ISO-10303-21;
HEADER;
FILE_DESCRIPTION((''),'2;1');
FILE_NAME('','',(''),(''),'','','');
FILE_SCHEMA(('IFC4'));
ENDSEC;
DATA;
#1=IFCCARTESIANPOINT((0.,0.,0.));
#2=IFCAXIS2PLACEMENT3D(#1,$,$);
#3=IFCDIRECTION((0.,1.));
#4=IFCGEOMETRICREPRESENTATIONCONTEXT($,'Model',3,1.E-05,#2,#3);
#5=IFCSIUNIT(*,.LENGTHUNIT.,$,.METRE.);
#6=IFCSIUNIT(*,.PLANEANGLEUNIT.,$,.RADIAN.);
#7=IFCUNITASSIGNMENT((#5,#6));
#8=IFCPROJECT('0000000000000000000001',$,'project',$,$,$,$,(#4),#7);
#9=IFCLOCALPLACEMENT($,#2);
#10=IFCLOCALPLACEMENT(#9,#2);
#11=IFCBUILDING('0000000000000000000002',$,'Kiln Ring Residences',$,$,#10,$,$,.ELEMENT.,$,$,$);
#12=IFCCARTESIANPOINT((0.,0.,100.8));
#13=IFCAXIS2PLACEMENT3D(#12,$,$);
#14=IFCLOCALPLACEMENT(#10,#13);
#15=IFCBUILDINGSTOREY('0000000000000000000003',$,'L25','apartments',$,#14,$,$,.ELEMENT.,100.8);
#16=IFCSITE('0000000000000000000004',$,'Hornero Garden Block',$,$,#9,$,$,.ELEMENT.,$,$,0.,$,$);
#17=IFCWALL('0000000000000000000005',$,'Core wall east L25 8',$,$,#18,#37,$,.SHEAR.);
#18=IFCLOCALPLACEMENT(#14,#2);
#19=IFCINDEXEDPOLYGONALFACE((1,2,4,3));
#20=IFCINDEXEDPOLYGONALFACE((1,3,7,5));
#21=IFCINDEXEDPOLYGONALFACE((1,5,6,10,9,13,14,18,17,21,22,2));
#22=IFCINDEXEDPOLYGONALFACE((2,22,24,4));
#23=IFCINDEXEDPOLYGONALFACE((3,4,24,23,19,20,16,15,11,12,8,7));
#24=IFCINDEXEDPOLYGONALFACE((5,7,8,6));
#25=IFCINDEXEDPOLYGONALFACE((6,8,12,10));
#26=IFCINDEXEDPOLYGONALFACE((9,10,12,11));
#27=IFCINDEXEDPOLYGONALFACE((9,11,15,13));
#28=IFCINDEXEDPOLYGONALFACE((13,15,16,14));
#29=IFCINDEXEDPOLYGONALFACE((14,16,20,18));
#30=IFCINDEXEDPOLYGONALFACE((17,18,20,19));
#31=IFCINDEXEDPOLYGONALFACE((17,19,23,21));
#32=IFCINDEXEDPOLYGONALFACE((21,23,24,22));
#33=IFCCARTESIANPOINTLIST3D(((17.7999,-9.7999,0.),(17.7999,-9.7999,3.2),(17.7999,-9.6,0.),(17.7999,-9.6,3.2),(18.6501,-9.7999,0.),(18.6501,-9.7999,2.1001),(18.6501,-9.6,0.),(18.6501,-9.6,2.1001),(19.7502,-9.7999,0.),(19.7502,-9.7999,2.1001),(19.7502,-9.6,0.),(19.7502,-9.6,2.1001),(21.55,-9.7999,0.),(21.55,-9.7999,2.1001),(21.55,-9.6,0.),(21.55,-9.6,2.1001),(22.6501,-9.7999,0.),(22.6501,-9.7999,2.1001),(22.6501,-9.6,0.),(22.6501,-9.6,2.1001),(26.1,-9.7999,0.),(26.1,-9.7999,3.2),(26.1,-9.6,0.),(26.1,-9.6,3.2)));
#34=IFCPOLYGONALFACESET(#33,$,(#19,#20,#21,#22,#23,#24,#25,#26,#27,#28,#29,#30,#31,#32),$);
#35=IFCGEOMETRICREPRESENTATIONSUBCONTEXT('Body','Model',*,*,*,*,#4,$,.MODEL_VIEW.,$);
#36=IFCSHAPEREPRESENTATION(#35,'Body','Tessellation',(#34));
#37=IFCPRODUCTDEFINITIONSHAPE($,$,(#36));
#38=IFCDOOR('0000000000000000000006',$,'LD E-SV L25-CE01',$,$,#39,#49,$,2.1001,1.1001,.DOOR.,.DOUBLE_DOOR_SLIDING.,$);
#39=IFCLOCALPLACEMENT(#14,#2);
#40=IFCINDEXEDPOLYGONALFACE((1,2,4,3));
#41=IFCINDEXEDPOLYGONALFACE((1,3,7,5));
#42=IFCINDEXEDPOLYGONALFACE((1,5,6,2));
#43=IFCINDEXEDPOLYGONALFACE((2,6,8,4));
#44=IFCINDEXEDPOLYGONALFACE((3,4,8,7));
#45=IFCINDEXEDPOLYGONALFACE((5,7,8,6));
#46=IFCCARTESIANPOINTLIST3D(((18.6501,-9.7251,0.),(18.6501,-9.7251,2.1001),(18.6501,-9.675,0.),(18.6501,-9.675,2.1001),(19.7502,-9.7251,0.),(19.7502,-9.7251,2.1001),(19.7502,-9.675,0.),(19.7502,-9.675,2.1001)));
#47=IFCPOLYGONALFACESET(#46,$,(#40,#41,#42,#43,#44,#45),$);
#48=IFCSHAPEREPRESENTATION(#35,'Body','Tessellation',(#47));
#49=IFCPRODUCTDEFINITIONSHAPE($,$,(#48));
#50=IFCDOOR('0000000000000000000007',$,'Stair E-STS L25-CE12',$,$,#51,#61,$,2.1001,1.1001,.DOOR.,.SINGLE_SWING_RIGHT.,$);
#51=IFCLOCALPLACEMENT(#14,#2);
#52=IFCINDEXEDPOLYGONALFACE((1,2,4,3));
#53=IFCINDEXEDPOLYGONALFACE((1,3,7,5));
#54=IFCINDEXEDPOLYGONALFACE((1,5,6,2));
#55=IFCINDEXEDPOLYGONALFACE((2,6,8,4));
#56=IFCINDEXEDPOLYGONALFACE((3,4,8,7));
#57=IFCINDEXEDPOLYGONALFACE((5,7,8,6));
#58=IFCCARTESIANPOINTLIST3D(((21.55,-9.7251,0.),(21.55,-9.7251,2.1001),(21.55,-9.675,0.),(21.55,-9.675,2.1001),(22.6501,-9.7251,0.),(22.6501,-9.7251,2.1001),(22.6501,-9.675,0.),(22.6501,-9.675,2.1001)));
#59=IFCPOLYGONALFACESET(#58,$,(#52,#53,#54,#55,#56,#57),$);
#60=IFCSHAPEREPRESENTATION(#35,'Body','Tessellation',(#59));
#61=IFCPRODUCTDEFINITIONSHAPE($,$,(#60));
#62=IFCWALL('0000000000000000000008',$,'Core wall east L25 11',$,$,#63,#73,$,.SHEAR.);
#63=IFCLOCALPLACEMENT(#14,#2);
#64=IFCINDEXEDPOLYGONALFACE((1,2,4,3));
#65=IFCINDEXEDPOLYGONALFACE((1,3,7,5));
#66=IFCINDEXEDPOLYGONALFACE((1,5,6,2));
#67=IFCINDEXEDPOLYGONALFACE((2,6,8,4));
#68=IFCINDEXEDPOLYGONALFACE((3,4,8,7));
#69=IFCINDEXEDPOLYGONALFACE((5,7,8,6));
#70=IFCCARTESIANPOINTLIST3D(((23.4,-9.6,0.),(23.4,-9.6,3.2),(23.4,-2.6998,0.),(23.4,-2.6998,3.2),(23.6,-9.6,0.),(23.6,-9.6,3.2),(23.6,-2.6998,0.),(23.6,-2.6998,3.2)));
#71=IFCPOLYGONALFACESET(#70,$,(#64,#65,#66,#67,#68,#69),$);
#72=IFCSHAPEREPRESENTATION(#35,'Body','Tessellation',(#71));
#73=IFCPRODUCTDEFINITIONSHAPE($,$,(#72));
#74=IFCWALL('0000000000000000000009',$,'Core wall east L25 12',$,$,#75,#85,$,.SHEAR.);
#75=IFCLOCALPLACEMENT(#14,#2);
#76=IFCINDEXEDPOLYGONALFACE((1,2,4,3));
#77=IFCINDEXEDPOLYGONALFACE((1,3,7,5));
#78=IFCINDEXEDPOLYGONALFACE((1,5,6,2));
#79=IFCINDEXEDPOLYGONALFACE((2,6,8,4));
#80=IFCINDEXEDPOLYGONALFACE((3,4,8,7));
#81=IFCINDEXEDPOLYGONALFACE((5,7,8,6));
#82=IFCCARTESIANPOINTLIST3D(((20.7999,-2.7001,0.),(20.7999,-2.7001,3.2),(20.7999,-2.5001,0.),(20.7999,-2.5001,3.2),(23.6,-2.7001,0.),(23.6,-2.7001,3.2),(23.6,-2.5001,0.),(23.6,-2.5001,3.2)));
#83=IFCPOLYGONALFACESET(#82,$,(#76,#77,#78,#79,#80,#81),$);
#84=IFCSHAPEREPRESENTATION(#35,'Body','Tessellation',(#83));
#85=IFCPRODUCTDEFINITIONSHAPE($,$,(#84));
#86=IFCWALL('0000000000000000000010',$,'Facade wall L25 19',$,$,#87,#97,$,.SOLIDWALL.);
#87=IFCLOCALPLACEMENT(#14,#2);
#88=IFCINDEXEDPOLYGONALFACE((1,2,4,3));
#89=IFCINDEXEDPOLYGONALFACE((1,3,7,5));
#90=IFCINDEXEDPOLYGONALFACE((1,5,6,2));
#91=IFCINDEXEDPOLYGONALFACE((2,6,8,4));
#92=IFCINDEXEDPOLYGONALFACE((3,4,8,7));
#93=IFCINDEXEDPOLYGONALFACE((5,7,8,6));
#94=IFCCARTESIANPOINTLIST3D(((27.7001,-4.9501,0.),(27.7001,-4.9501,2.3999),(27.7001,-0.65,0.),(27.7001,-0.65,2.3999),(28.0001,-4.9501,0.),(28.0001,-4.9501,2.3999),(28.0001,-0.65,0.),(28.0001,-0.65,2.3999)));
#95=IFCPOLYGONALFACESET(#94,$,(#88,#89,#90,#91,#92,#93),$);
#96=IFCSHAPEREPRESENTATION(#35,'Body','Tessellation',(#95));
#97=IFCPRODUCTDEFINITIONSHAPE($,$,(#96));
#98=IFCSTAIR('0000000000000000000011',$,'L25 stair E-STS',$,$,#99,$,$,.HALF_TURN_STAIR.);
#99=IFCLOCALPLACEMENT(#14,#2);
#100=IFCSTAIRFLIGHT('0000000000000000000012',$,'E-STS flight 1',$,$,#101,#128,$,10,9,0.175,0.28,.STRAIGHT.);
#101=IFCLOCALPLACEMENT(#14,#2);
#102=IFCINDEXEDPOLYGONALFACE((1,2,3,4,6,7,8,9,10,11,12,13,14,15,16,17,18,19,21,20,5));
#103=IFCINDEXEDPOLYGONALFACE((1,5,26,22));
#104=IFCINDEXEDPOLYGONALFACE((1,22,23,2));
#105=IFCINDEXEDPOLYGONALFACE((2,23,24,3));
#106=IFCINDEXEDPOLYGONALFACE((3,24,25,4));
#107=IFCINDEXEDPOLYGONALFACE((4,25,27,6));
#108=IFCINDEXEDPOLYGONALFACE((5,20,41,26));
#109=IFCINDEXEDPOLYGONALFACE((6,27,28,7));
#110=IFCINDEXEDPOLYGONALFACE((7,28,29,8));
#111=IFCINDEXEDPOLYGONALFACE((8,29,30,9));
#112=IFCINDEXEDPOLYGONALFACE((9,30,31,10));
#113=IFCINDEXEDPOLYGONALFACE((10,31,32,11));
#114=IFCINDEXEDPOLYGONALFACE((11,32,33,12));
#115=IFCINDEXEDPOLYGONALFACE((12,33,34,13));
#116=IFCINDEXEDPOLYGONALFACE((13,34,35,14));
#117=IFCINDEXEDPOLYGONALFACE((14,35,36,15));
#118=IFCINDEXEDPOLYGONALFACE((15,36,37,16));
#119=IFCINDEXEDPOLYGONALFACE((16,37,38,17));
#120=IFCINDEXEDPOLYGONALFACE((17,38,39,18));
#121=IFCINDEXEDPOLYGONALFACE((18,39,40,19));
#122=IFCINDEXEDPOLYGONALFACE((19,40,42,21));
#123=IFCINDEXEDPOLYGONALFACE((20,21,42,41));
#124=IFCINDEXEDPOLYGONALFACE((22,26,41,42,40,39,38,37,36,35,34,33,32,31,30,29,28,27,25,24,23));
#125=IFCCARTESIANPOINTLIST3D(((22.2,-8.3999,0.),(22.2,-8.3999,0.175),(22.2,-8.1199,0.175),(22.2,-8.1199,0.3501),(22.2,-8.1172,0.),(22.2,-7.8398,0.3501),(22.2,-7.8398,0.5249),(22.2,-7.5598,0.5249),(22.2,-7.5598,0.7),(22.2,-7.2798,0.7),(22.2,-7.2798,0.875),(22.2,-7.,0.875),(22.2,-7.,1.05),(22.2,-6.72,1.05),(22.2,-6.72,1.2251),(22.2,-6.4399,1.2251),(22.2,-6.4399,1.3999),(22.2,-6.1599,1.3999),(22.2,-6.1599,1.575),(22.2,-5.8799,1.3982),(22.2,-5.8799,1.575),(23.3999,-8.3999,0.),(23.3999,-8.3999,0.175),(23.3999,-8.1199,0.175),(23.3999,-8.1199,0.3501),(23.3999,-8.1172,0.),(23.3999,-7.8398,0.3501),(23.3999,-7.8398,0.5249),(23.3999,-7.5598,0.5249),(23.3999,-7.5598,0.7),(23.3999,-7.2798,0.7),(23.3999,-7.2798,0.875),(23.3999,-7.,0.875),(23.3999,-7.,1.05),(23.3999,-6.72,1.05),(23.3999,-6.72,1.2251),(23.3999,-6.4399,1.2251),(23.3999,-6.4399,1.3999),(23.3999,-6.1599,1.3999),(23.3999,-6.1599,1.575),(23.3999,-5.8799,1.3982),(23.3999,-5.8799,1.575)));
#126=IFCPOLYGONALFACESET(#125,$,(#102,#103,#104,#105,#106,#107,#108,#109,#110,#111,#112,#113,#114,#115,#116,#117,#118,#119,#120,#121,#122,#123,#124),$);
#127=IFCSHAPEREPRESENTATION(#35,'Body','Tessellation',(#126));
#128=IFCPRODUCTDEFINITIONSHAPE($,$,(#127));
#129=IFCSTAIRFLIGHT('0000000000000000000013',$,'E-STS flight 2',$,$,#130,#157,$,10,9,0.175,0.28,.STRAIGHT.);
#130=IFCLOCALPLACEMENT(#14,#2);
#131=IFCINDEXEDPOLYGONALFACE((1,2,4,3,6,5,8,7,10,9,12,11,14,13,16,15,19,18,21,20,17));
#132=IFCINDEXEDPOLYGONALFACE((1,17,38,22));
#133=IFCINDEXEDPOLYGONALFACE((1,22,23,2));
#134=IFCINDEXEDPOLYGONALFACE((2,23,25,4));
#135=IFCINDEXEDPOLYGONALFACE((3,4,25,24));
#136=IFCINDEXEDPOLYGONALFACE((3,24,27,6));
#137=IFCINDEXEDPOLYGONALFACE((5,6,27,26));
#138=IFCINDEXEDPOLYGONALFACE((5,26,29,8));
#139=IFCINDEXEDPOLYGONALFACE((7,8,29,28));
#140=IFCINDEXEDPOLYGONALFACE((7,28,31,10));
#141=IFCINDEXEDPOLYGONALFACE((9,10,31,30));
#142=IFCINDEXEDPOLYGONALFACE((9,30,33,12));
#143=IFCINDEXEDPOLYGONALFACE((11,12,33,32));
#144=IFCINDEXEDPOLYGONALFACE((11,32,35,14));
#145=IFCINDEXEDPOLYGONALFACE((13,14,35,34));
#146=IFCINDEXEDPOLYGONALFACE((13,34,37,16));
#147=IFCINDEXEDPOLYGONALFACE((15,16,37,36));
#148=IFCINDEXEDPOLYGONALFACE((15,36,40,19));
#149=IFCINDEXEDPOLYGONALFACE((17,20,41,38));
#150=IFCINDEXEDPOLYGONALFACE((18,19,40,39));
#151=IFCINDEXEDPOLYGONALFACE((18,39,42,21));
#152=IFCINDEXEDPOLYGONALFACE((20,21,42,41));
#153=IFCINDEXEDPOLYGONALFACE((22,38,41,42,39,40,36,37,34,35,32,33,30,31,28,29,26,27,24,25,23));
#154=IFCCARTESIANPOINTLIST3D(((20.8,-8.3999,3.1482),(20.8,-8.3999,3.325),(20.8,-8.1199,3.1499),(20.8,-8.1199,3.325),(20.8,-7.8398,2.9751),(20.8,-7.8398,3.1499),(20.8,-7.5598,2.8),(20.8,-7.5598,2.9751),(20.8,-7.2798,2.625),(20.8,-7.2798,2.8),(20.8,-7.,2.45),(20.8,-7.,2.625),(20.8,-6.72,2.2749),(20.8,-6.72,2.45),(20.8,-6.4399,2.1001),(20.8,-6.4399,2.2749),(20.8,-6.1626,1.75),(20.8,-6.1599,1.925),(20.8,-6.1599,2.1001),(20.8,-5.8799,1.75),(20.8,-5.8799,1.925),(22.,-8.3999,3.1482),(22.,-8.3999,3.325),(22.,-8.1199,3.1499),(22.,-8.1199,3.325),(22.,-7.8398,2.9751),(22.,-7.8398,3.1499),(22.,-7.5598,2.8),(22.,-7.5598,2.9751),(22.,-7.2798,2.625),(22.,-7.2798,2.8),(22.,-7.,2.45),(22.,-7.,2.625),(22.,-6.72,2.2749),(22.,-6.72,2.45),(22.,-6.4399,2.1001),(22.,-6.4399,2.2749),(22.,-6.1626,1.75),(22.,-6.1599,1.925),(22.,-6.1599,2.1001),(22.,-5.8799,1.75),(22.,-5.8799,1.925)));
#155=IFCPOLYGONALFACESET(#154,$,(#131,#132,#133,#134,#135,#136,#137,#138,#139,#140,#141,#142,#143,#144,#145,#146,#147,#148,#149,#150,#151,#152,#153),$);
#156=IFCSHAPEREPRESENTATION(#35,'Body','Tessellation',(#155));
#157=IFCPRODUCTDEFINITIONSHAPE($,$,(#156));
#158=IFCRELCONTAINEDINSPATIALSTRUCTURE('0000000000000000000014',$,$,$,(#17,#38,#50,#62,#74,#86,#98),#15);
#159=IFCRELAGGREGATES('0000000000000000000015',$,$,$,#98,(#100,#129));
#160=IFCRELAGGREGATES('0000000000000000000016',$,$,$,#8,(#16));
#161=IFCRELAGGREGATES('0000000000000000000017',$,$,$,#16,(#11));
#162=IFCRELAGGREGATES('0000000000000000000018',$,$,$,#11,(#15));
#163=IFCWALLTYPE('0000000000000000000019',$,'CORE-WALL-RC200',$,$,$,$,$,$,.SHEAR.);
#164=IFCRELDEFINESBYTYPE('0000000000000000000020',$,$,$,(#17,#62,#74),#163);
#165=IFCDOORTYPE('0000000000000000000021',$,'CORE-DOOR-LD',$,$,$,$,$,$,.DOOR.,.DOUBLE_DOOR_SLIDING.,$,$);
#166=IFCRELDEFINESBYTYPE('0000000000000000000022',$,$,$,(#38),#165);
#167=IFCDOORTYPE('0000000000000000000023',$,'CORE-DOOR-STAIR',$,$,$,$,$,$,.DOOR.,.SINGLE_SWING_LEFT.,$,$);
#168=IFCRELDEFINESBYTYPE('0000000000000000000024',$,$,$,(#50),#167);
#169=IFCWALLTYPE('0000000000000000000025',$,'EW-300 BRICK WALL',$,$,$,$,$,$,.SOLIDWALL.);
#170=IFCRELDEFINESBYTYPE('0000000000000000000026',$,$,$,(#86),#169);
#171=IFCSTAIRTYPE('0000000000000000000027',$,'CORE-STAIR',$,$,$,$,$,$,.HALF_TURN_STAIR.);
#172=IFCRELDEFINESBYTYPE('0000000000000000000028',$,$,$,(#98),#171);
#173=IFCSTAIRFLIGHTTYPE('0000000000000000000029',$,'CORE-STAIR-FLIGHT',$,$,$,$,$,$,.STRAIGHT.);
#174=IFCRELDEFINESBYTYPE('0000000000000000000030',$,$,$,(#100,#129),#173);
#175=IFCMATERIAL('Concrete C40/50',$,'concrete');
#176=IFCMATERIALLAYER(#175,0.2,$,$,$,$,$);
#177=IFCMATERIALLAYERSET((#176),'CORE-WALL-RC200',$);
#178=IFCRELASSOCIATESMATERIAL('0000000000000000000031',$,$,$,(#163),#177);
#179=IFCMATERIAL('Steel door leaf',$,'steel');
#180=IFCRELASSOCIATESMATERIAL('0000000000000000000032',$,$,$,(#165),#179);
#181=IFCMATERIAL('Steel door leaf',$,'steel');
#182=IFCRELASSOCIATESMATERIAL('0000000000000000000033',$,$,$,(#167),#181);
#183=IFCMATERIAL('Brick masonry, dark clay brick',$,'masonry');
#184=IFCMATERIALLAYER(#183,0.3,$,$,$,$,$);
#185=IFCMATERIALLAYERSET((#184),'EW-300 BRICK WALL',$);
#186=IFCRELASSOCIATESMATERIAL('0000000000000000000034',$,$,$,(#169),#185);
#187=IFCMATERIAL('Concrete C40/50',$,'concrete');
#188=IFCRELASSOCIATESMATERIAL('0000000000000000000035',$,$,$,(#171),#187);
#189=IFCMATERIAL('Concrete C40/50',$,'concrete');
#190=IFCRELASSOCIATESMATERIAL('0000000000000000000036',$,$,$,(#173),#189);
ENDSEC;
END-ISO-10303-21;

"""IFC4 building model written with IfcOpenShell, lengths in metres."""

from ifc_helpers import new_model, si_unit, direction, frame, frame_2d, origin, place, context, subcontext, project, spatial, polyline, rectangle, outline, extrude, material, layer, layer_set, type_object, element, fill, aggregate, save


model = new_model("IFC4")

# Units and contexts
model_context = context("Model", 3, precision=1e-05, world=origin(), true_north=direction((0.0, 1.0)))
body_context = subcontext(model_context, "Body", "Model", "MODEL_VIEW")
ifc_project = project(units=[si_unit("LENGTHUNIT", "METRE"), si_unit("PLANEANGLEUNIT", "RADIAN")], contexts=[model_context])

# Site, building, storey
site_placement = place(None, origin())
site = spatial("IfcSite", under=ifc_project, at=site_placement, Name="Hornero Garden Block", CompositionType="ELEMENT", RefElevation=0.0)
building_placement = place(site_placement, origin())
building = spatial("IfcBuilding", under=site, at=building_placement, Name="Kiln Ring Residences", CompositionType="ELEMENT")
storey_placement = place(building_placement, frame((0.0, 0.0, 100.8)))
storey = spatial("IfcBuildingStorey", under=building, at=storey_placement, Name="L25", Description="apartments", CompositionType="ELEMENT", Elevation=100.8)

# Shared definitions
ifc_material_1 = material(Name="Concrete C40/50", Category="concrete")
ifc_layer_1 = layer(ifc_material_1, 0.2)
ifc_layer_set_1 = layer_set([ifc_layer_1], Name="CORE-WALL-RC200")
wall_type_1 = type_object("IfcWallType", Name="CORE-WALL-RC200", PredefinedType="SHEAR", material=ifc_layer_set_1)

# Wall, openings, doors
wall_1_placement = place(storey_placement, frame((17.8, -9.7, 0.0), z_axis=(0.0, 0.0, 1.0), x_axis=(1.0, 0.0, 0.0)))
wall_1 = element("IfcWall", 1, at=wall_1_placement, inside=storey, type_object=wall_type_1, Name="Core wall east L25 8", PredefinedType="SHEAR", context=body_context, shape_type="SweptSolid", body=[
    extrude(rectangle(XDim=8.3, YDim=0.2, at=frame_2d((4.1499, 0.0))), origin(), (0.0, 0.0, 1.0), 3.2),
])
opening_1_placement = place(wall_1_placement, frame((0.8501, 0.0, 0.0)))
opening_1 = element("IfcOpeningElement", 2, at=opening_1_placement, cuts=wall_1, PredefinedType="OPENING", context=body_context, shape_type="SweptSolid", body=[
    extrude(rectangle(XDim=1.1001, YDim=2.1001, at=frame_2d((0.55, 1.05))), frame((0.0, 0.1099, 0.0), z_axis=(0.0, -1.0, 0.0), x_axis=(1.0, 0.0, 0.0)), (0.0, 0.0, 1.0), 0.22),
])
opening_2_placement = place(wall_1_placement, frame((3.75, 0.0, 0.0)))
opening_2 = element("IfcOpeningElement", 3, at=opening_2_placement, cuts=wall_1, PredefinedType="OPENING", context=body_context, shape_type="SweptSolid", body=[
    extrude(rectangle(XDim=1.1001, YDim=2.1001, at=frame_2d((0.55, 1.05))), frame((0.0, 0.1099, 0.0), z_axis=(0.0, -1.0, 0.0), x_axis=(1.0, 0.0, 0.0)), (0.0, 0.0, 1.0), 0.22),
])
ifc_material_2 = material(Name="Steel door leaf", Category="steel")
door_type_1 = type_object("IfcDoorType", Name="CORE-DOOR-LD", OperationType="DOUBLE_DOOR_SLIDING", PredefinedType="DOOR", material=ifc_material_2)
door_1_placement = place(opening_1_placement, origin())
door_1 = element("IfcDoor", 4, at=door_1_placement, inside=storey, type_object=door_type_1, Name="LD E-SV L25-CE01", OperationType="DOUBLE_DOOR_SLIDING", OverallHeight=2.1001, OverallWidth=1.1001, PredefinedType="DOOR", context=body_context, shape_type="SweptSolid", body=[
    extrude(rectangle(XDim=1.1001, YDim=2.1001, at=frame_2d((0.55, 1.05))), frame((0.0, 0.0249, 0.0), z_axis=(0.0, -1.0, 0.0), x_axis=(1.0, 0.0, 0.0)), (0.0, 0.0, 1.0), 0.05),
])
fill(opening_1, door_1)
ifc_material_3 = material(Name="Steel door leaf", Category="steel")
door_type_2 = type_object("IfcDoorType", Name="CORE-DOOR-STAIR", OperationType="SINGLE_SWING_LEFT", PredefinedType="DOOR", material=ifc_material_3)
door_2_placement = place(opening_2_placement, origin())
door_2 = element("IfcDoor", 5, at=door_2_placement, inside=storey, type_object=door_type_2, Name="Stair E-STS L25-CE12", OperationType="SINGLE_SWING_RIGHT", OverallHeight=2.1001, OverallWidth=1.1001, PredefinedType="DOOR", context=body_context, shape_type="SweptSolid", body=[
    extrude(rectangle(XDim=1.1001, YDim=2.1001, at=frame_2d((0.55, 1.05))), frame((0.0, 0.0249, 0.0), z_axis=(0.0, -1.0, 0.0), x_axis=(1.0, 0.0, 0.0)), (0.0, 0.0, 1.0), 0.05),
])
fill(opening_2, door_2)

# Walls
wall_2_placement = place(storey_placement, frame((23.5, -9.6001, 0.0), z_axis=(0.0, 0.0, 1.0), x_axis=(0.0, 1.0, 0.0)))
element("IfcWall", 6, at=wall_2_placement, inside=storey, type_object=wall_type_1, Name="Core wall east L25 11", PredefinedType="SHEAR", context=body_context, shape_type="SweptSolid", body=[
    extrude(rectangle(XDim=6.9001, YDim=0.2, at=frame_2d((3.4502, 0.0))), origin(), (0.0, 0.0, 1.0), 3.2),
])
wall_3_placement = place(storey_placement, frame((20.8, -2.6001, 0.0), z_axis=(0.0, 0.0, 1.0), x_axis=(1.0, 0.0, 0.0)))
element("IfcWall", 7, at=wall_3_placement, inside=storey, type_object=wall_type_1, Name="Core wall east L25 12", PredefinedType="SHEAR", context=body_context, shape_type="SweptSolid", body=[
    extrude(rectangle(XDim=2.8, YDim=0.2, at=frame_2d((1.3999, 0.0))), origin(), (0.0, 0.0, 1.0), 3.2),
])
ifc_material_4 = material(Name="Brick masonry, dark clay brick", Category="masonry")
ifc_layer_2 = layer(ifc_material_4, 0.3)
ifc_layer_set_2 = layer_set([ifc_layer_2], Name="EW-300 BRICK WALL")
wall_type_2 = type_object("IfcWallType", Name="EW-300 BRICK WALL", PredefinedType="SOLIDWALL", material=ifc_layer_set_2)
wall_4_placement = place(storey_placement, frame((27.8501, -4.95, 0.0), z_axis=(0.0, 0.0, 1.0), x_axis=(0.0, 1.0, 0.0)))
element("IfcWall", 8, at=wall_4_placement, inside=storey, type_object=wall_type_2, Name="Facade wall L25 19", PredefinedType="SOLIDWALL", context=body_context, shape_type="SweptSolid", body=[
    extrude(rectangle(XDim=4.3, YDim=0.3, at=frame_2d((2.1499, 0.0))), origin(), (0.0, 0.0, 1.0), 2.3999),
])

# Stair, stair flights
ifc_material_5 = material(Name="Concrete C40/50", Category="concrete")
stair_type = type_object("IfcStairType", Name="CORE-STAIR", PredefinedType="HALF_TURN_STAIR", material=ifc_material_5)
stair_placement = place(storey_placement, origin())
stair = element("IfcStair", 9, at=stair_placement, inside=storey, type_object=stair_type, Name="L25 stair E-STS", PredefinedType="HALF_TURN_STAIR")
ifc_material_6 = material(Name="Concrete C40/50", Category="concrete")
stair_flight_type = type_object("IfcStairFlightType", Name="CORE-STAIR-FLIGHT", PredefinedType="STRAIGHT", material=ifc_material_6)
stair_flight_1_placement = place(storey_placement, frame((22.8, -8.3999, 0.0), z_axis=(0.0, 0.0, 1.0), x_axis=(0.0, 1.0, 0.0)))
stair_flight_1 = element("IfcStairFlight", 10, at=stair_flight_1_placement, type_object=stair_flight_type, Name="E-STS flight 1", NumberOfRisers=10, NumberOfTreads=9, PredefinedType="STRAIGHT", RiserHeight=0.175, TreadLength=0.28, context=body_context, shape_type="SweptSolid", body=[
    extrude(outline(polyline([(0.0, 0.0), (0.0, 0.175), (0.28, 0.175), (0.28, 0.3501), (0.5601, 0.3501), (0.5601, 0.5249), (0.8401, 0.5249), (0.8401, 0.7), (1.1201, 0.7), (1.1201, 0.875), (1.3999, 0.875), (1.3999, 1.05), (1.6799, 1.05), (1.6799, 1.2251), (1.96, 1.2251), (1.96, 1.3999), (2.24, 1.3999), (2.24, 1.575), (2.52, 1.575), (2.52, 1.75), (2.52, 1.3982), (0.2827, 0.0), (0.0, 0.0)])), frame((0.0, 0.6001, 0.0), z_axis=(0.0, -1.0, 0.0), x_axis=(1.0, 0.0, 0.0)), (0.0, 0.0, 1.0), 1.2),
])
stair_flight_2_placement = place(storey_placement, frame((21.3999, -5.8799, 1.75), z_axis=(0.0, 0.0, 1.0), x_axis=(0.0, -1.0, 0.0)))
stair_flight_2 = element("IfcStairFlight", 11, at=stair_flight_2_placement, type_object=stair_flight_type, Name="E-STS flight 2", NumberOfRisers=10, NumberOfTreads=9, PredefinedType="STRAIGHT", RiserHeight=0.175, TreadLength=0.28, context=body_context, shape_type="SweptSolid", body=[
    extrude(outline(polyline([(0.0, 0.0), (0.0, 0.175), (0.28, 0.175), (0.28, 0.3501), (0.5601, 0.3501), (0.5601, 0.5249), (0.8401, 0.5249), (0.8401, 0.7), (1.1201, 0.7), (1.1201, 0.875), (1.3999, 0.875), (1.3999, 1.05), (1.6799, 1.05), (1.6799, 1.2251), (1.96, 1.2251), (1.96, 1.3999), (2.24, 1.3999), (2.24, 1.575), (2.52, 1.575), (2.52, 1.75), (2.52, 1.3982), (0.2827, 0.0), (0.0, 0.0)])), frame((0.0, 0.6001, 0.0), z_axis=(0.0, -1.0, 0.0), x_axis=(1.0, 0.0, 0.0)), (0.0, 0.0, 1.0), 1.2),
])
aggregate(stair, [stair_flight_1, stair_flight_2])

save(model, "model.ifc")
